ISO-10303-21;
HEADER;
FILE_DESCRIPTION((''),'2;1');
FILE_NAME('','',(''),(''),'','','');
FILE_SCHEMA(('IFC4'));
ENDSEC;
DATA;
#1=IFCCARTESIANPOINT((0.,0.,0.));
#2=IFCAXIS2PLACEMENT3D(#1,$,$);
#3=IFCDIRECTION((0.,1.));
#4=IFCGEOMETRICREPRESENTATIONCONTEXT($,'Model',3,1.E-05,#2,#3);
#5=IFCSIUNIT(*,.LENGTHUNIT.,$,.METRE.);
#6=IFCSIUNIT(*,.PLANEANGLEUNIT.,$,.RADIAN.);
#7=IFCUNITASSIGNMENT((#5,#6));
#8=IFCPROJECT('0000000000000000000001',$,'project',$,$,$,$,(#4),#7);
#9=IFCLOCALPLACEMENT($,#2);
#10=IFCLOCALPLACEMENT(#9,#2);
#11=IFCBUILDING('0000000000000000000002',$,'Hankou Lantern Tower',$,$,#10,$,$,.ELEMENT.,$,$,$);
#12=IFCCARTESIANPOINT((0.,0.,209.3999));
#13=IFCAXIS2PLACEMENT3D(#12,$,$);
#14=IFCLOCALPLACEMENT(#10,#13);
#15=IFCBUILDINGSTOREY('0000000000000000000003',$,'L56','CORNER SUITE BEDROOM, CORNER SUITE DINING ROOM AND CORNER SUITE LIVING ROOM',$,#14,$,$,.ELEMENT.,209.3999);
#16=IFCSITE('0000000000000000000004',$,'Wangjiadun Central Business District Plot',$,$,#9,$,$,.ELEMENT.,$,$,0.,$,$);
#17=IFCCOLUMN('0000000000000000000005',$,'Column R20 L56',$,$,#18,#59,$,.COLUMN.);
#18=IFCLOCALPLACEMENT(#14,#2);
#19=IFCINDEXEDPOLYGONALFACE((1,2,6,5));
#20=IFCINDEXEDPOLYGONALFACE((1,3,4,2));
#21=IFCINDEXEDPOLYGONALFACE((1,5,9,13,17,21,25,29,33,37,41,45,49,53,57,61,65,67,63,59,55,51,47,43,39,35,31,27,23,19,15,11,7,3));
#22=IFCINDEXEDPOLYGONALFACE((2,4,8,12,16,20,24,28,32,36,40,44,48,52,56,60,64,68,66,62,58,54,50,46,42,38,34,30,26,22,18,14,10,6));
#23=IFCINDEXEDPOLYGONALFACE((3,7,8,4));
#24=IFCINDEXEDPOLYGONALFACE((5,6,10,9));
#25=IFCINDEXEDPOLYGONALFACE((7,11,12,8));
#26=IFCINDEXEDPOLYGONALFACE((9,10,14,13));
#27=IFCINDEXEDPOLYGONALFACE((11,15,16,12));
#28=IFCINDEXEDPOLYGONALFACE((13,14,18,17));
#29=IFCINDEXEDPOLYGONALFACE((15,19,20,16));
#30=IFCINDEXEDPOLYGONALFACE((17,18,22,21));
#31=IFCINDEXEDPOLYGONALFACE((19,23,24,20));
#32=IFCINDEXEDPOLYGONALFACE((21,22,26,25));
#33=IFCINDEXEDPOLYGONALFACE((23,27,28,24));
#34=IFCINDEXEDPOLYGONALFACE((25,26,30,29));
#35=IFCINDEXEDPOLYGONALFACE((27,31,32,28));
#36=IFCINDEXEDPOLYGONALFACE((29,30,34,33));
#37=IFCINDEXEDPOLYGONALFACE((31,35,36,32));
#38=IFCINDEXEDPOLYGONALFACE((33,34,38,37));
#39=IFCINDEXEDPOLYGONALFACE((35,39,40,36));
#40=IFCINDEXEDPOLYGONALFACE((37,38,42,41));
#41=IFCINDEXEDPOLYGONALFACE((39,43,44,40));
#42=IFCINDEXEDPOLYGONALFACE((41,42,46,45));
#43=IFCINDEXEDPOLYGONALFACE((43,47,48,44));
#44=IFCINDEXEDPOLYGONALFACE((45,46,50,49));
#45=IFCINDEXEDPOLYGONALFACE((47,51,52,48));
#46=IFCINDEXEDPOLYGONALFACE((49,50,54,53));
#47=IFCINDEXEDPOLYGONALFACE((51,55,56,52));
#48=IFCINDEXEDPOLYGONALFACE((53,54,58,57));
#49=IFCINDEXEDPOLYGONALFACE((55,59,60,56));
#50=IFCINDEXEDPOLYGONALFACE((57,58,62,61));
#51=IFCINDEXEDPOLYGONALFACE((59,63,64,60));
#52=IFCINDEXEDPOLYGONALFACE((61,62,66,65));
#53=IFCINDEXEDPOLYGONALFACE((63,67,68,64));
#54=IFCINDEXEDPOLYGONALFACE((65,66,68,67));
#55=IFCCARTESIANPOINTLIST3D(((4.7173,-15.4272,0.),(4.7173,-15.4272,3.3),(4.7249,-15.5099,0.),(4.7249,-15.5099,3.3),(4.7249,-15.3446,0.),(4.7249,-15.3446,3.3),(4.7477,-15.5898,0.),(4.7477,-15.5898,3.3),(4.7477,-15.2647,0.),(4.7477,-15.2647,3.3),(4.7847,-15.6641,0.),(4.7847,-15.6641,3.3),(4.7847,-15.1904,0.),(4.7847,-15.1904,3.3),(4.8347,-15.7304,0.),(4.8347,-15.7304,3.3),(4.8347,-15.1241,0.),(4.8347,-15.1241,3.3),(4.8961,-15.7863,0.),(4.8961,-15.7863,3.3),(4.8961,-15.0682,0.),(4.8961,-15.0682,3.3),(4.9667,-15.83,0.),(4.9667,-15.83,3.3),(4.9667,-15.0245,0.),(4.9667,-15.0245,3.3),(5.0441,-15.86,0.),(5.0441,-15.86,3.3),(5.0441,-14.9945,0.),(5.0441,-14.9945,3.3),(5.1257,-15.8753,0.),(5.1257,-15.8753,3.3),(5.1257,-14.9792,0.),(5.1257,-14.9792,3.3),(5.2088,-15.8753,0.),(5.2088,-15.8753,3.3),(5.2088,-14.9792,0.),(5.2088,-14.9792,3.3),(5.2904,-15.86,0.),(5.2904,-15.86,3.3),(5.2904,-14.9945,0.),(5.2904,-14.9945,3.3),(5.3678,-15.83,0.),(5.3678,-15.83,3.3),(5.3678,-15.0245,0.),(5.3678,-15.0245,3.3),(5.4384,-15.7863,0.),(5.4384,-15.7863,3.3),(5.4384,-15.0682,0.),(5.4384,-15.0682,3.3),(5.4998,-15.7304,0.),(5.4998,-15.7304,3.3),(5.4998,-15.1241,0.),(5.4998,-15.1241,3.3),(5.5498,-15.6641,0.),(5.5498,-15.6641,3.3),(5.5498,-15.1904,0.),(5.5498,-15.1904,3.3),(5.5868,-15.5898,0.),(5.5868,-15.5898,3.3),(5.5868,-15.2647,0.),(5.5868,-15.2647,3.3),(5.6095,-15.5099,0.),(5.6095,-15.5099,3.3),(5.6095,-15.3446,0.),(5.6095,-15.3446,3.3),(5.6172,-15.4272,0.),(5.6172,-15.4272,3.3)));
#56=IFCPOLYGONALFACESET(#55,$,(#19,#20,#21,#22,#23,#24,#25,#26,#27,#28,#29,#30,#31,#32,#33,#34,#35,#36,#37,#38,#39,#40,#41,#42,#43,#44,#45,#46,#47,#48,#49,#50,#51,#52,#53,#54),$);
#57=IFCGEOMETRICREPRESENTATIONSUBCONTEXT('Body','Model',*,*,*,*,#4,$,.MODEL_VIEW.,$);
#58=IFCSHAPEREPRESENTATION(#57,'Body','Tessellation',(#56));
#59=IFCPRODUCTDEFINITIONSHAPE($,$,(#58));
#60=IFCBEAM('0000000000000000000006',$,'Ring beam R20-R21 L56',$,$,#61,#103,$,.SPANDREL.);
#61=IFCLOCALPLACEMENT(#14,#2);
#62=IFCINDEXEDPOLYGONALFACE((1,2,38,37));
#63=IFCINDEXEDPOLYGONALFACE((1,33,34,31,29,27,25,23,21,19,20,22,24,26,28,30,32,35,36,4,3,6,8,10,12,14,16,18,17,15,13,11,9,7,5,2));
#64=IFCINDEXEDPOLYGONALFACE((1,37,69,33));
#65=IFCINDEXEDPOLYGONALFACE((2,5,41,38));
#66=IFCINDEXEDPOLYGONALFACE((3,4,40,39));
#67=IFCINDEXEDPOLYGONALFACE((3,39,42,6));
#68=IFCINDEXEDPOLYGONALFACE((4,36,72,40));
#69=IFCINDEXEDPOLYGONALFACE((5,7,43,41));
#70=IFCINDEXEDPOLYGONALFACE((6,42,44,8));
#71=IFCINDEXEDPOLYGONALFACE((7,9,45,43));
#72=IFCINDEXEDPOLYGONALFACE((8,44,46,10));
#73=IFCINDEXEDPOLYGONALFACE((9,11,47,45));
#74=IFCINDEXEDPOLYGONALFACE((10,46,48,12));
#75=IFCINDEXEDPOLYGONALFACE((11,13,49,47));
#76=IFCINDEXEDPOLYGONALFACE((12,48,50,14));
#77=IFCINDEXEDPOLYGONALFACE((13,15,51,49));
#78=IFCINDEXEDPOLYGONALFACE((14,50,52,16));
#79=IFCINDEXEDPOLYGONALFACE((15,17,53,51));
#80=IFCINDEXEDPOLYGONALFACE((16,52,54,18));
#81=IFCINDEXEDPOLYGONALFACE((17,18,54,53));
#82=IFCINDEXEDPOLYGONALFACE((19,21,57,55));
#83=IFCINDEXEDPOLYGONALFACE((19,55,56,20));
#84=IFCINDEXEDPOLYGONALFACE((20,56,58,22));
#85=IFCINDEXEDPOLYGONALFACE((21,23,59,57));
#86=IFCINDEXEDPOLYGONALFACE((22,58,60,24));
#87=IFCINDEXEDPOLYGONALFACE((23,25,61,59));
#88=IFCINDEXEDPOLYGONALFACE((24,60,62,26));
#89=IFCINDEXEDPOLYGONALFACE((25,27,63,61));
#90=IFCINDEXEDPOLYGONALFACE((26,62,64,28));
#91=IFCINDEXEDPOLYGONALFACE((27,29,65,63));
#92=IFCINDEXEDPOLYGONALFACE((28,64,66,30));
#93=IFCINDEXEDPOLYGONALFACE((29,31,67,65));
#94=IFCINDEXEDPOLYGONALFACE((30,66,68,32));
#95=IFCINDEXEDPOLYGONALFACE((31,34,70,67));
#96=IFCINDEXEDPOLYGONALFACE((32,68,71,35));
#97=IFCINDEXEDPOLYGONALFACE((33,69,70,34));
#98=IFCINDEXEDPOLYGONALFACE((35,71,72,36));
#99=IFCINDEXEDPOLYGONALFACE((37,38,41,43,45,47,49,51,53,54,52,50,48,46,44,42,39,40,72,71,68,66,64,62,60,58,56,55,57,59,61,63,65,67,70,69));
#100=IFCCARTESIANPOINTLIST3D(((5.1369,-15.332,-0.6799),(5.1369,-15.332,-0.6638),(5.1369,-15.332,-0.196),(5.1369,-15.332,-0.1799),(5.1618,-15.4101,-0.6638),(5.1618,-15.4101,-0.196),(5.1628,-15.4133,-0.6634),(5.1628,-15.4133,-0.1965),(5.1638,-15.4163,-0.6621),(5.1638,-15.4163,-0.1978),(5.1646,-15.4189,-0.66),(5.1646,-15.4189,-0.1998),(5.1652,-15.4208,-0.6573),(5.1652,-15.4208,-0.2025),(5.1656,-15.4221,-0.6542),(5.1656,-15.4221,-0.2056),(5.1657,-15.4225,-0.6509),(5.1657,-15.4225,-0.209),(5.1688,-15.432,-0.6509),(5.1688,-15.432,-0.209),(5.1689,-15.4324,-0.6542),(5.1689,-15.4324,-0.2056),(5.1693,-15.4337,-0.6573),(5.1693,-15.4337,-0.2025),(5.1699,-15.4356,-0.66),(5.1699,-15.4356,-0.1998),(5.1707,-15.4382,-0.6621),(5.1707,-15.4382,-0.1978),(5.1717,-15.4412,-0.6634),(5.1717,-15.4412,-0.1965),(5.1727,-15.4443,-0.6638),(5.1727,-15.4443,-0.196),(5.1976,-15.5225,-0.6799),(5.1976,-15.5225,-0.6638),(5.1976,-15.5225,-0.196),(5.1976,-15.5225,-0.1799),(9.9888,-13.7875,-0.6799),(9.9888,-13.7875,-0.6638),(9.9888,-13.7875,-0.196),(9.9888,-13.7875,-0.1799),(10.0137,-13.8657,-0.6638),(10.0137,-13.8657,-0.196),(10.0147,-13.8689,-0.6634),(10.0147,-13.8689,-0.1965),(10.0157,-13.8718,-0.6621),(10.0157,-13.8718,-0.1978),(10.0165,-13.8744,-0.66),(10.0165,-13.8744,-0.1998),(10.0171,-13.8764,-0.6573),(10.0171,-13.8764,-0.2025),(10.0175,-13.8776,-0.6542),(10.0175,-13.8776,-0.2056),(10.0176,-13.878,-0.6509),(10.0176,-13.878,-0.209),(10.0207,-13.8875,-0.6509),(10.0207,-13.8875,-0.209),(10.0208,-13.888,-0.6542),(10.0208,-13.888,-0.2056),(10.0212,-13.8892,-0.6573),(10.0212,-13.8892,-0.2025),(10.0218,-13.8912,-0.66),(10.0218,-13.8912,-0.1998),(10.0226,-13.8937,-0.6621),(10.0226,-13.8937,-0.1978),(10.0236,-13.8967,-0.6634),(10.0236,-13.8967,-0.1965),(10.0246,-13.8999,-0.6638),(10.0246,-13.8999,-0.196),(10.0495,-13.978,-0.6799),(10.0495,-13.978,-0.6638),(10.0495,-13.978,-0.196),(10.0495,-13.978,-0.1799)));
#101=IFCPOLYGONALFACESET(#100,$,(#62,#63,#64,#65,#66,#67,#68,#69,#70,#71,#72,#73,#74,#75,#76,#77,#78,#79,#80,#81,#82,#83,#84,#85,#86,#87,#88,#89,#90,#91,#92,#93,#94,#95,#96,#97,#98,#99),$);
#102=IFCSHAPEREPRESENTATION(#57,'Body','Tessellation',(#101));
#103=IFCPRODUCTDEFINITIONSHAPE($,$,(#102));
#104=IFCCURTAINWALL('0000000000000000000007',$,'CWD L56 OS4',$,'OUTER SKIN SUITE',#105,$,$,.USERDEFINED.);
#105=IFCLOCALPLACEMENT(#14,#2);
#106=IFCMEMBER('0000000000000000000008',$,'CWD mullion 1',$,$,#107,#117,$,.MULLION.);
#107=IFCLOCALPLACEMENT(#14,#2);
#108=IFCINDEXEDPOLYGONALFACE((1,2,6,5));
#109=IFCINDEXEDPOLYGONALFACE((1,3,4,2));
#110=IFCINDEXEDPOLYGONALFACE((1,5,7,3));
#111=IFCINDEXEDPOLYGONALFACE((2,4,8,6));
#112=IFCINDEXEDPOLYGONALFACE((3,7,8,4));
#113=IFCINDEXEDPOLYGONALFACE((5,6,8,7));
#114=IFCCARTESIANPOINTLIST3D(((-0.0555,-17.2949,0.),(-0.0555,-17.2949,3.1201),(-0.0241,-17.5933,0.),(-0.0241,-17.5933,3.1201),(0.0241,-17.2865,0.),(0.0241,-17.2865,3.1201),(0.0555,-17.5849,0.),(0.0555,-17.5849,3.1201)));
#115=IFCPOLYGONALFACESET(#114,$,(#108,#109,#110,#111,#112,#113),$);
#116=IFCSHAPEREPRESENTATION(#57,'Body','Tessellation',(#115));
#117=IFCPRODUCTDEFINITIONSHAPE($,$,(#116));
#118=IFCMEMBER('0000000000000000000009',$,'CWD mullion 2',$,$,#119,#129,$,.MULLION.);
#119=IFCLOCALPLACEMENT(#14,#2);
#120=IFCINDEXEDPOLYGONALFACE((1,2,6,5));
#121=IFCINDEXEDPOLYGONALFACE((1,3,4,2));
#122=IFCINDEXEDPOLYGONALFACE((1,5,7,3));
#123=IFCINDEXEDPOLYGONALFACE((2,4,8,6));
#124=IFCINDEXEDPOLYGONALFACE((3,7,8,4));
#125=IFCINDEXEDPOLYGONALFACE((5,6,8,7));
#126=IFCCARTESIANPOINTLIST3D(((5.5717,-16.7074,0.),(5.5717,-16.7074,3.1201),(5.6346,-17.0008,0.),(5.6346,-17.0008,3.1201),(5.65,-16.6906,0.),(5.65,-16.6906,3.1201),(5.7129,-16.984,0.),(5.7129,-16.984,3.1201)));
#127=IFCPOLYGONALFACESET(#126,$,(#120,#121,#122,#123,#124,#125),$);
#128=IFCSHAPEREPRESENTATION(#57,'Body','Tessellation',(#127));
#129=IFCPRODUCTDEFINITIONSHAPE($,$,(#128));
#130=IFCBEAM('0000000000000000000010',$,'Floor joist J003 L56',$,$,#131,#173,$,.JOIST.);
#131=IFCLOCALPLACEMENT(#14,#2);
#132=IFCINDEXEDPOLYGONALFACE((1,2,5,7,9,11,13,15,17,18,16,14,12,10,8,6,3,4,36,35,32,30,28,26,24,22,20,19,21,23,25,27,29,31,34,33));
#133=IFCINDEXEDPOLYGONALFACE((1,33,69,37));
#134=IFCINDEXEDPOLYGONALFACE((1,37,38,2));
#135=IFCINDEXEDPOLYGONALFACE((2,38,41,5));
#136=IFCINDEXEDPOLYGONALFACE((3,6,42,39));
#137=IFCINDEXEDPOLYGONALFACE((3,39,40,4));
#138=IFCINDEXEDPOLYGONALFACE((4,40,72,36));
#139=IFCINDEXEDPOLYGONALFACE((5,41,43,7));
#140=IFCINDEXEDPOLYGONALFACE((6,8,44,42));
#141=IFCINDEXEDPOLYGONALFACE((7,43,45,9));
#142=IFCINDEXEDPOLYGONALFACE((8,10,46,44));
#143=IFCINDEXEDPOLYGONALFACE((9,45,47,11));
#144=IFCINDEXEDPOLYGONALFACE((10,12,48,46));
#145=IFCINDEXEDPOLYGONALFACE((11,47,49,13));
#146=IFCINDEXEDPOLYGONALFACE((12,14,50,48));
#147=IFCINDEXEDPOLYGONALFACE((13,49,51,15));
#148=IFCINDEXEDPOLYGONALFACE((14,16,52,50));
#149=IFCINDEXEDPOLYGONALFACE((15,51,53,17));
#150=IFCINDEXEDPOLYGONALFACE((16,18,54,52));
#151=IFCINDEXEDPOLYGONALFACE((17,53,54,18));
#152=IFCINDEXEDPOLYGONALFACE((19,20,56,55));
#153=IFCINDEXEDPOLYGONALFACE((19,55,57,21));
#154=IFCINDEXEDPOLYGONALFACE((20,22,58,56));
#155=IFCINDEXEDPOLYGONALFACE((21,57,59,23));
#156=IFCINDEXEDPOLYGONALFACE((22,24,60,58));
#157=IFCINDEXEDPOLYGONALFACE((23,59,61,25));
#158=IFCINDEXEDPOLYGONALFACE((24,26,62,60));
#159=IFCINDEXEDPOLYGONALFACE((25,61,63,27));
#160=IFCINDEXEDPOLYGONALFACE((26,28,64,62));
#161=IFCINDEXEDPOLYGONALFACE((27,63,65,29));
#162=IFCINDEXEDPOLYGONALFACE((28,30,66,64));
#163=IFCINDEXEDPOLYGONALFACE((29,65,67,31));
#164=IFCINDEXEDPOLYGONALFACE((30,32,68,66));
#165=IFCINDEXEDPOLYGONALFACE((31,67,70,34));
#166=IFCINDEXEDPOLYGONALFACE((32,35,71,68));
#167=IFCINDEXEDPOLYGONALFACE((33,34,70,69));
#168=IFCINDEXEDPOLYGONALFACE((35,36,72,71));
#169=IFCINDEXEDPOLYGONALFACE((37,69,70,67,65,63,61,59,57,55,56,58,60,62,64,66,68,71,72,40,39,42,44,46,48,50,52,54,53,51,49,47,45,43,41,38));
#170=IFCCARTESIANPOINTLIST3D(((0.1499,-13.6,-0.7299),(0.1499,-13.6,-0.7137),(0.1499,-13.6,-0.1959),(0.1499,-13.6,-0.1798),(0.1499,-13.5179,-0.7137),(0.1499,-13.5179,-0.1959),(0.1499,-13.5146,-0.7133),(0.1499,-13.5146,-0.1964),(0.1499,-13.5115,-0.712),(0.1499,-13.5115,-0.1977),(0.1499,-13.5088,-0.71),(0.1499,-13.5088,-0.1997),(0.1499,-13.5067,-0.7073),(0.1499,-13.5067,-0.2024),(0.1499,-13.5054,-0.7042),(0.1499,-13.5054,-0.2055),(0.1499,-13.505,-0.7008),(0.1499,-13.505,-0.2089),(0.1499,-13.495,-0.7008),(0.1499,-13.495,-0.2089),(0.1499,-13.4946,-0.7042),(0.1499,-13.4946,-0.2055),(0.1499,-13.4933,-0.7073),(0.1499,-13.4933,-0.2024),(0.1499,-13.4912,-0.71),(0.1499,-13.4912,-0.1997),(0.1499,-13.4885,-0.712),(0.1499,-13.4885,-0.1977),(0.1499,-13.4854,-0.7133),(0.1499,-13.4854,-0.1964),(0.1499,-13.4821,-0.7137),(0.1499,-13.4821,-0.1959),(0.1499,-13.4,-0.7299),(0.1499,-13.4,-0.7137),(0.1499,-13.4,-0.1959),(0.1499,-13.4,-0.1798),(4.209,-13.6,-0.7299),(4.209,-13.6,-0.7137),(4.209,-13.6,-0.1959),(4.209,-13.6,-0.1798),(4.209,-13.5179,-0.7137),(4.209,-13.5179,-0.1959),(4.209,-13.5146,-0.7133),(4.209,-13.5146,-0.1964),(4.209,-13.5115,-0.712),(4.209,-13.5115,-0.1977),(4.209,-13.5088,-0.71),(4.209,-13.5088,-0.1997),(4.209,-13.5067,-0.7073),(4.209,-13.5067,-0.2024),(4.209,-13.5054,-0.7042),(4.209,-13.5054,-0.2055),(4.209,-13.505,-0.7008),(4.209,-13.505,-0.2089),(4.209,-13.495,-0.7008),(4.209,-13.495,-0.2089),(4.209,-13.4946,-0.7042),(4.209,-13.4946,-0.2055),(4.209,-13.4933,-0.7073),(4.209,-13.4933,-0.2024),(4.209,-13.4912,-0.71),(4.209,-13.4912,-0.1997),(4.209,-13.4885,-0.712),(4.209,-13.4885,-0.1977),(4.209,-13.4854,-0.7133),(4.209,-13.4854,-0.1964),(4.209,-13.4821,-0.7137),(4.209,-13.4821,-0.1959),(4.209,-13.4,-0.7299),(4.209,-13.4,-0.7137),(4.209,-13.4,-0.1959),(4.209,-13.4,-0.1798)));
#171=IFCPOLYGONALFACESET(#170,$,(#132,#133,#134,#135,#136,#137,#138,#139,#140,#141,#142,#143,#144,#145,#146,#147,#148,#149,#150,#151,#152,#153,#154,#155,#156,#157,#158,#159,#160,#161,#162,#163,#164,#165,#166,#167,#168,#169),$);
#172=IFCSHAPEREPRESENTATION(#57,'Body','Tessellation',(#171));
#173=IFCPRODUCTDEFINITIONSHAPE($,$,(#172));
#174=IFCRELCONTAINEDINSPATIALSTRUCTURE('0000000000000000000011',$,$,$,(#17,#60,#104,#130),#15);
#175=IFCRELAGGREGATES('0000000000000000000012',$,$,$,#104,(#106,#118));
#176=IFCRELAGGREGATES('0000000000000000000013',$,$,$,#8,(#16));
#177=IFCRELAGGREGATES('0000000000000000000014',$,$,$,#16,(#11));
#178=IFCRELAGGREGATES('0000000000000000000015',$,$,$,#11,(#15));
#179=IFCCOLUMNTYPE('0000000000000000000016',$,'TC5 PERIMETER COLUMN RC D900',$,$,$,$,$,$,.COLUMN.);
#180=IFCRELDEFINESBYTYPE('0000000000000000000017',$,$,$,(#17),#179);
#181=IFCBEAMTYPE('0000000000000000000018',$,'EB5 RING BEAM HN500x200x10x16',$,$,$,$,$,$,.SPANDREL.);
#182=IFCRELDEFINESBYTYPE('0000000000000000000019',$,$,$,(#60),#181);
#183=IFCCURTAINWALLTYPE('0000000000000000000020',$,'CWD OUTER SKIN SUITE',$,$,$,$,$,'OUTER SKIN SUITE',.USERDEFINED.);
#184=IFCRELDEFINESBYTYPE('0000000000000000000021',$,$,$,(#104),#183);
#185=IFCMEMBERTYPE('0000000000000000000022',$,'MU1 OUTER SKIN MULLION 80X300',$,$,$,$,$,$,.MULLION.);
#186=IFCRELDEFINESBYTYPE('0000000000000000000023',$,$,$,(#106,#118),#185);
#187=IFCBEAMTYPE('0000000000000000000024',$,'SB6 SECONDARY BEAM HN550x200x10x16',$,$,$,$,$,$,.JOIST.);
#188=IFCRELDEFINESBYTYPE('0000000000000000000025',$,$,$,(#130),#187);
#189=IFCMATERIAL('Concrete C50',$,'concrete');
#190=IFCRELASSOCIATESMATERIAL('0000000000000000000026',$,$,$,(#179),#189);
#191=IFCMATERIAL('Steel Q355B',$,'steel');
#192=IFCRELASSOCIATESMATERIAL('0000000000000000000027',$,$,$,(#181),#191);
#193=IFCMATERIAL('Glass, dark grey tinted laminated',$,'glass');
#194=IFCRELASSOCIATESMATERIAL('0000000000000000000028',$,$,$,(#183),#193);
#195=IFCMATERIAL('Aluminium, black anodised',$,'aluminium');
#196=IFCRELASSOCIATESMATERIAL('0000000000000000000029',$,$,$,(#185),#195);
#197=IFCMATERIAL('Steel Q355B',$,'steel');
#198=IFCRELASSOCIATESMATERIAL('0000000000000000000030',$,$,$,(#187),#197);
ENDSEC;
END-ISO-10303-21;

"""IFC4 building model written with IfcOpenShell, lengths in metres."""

from ifc_helpers import new_model, si_unit, direction, frame, origin, origin_2d, place, context, subcontext, project, spatial, rectangle, circle, i_section, extrude, material, material_profile, profile_set, type_object, element, aggregate, save


model = new_model("IFC4")

# Units and contexts
model_context = context("Model", 3, precision=1e-05, world=origin(), true_north=direction((0.0, 1.0)))
body_context = subcontext(model_context, "Body", "Model", "MODEL_VIEW")
ifc_project = project(units=[si_unit("LENGTHUNIT", "METRE"), si_unit("PLANEANGLEUNIT", "RADIAN")], contexts=[model_context])

# Site, building, storey
site_placement = place(None, origin())
site = spatial("IfcSite", under=ifc_project, at=site_placement, Name="Wangjiadun Central Business District Plot", CompositionType="ELEMENT", RefElevation=0.0)
building_placement = place(site_placement, origin())
building = spatial("IfcBuilding", under=site, at=building_placement, Name="Hankou Lantern Tower", CompositionType="ELEMENT")
storey_placement = place(building_placement, frame((0.0, 0.0, 209.3999)))
storey = spatial("IfcBuildingStorey", under=building, at=storey_placement, Name="L56", Description="CORNER SUITE BEDROOM, CORNER SUITE DINING ROOM AND CORNER SUITE LIVING ROOM", CompositionType="ELEMENT", Elevation=209.3999)

# Column
ifc_material_1 = material(Name="Concrete C50", Category="concrete")
ifc_material_profile_1 = material_profile(ifc_material_1, circle(Radius=0.45, at=origin_2d()), Name="RC D900")
ifc_profile_set_1 = profile_set([ifc_material_profile_1], Name="Concrete C50")
column_type = type_object("IfcColumnType", Name="TC5 PERIMETER COLUMN RC D900", PredefinedType="COLUMN", material=ifc_profile_set_1)
column_placement = place(storey_placement, frame((5.1672, -15.4272, 0.0), z_axis=(0.0, 0.0, 1.0), x_axis=(1.0, 0.0, 0.0)))
element("IfcColumn", 1, at=column_placement, inside=storey, type_object=column_type, Name="Column R20 L56", PredefinedType="COLUMN", context=body_context, shape_type="SweptSolid", body=[
    extrude(circle(Radius=0.45, at=origin_2d()), origin(), (0.0, 0.0, 1.0), 3.3),
])

# Beam
ifc_material_2 = material(Name="Steel Q355B", Category="steel")
ifc_material_profile_2 = material_profile(ifc_material_2, i_section(OverallWidth=0.2, OverallDepth=0.5, WebThickness=0.01, FlangeThickness=0.0161, FilletRadius=0.0129, at=origin_2d()), Name="HN500x200x10x16")
ifc_profile_set_2 = profile_set([ifc_material_profile_2], Name="Steel Q355B")
beam_type_1 = type_object("IfcBeamType", Name="EB5 RING BEAM HN500x200x10x16", PredefinedType="SPANDREL", material=ifc_profile_set_2)
beam_1_placement = place(storey_placement, frame((5.1672, -15.4272, -0.4299), z_axis=(0.952887, 0.303324, 0.0), x_axis=(-0.303324, 0.952887, 0.0)))
element("IfcBeam", 2, at=beam_1_placement, inside=storey, type_object=beam_type_1, Name="Ring beam R20-R21 L56", PredefinedType="SPANDREL", context=body_context, shape_type="SweptSolid", body=[
    extrude(i_section(OverallWidth=0.2, OverallDepth=0.5, WebThickness=0.01, FlangeThickness=0.0161, FilletRadius=0.0129, at=origin_2d()), origin(), (0.0, 0.0, 1.0), 5.0918),
])

# Curtain wall, members
ifc_material_3 = material(Name="Glass, dark grey tinted laminated", Category="glass")
curtain_wall_type = type_object("IfcCurtainWallType", Name="CWD OUTER SKIN SUITE", ElementType="OUTER SKIN SUITE", PredefinedType="USERDEFINED", material=ifc_material_3)
curtain_wall_placement = place(storey_placement, origin())
curtain_wall = element("IfcCurtainWall", 3, at=curtain_wall_placement, inside=storey, type_object=curtain_wall_type, Name="CWD L56 OS4", ObjectType="OUTER SKIN SUITE", PredefinedType="USERDEFINED")
ifc_material_4 = material(Name="Aluminium, black anodised", Category="aluminium")
ifc_material_profile_3 = material_profile(ifc_material_4, rectangle(XDim=0.0801, YDim=0.3, at=origin_2d()), Name="MU1 80X300")
ifc_profile_set_3 = profile_set([ifc_material_profile_3], Name="Aluminium, black anodised")
member_type_1 = type_object("IfcMemberType", Name="MU1 OUTER SKIN MULLION 80X300", PredefinedType="MULLION", material=ifc_profile_set_3)
member_1_placement = place(storey_placement, frame((0.0, -17.4399, 0.0), z_axis=(0.0, 0.0, 1.0), x_axis=(0.994499, 0.104743, 0.0)))
member_1 = element("IfcMember", 4, at=member_1_placement, type_object=member_type_1, Name="CWD mullion 1", PredefinedType="MULLION", context=body_context, shape_type="SweptSolid", body=[
    extrude(rectangle(XDim=0.0801, YDim=0.3, at=origin_2d()), origin(), (0.0, 0.0, 1.0), 3.1201),
])
member_2_placement = place(storey_placement, frame((5.6423, -16.8457, 0.0), z_axis=(0.0, 0.0, 1.0), x_axis=(0.977788, 0.209598, 0.0)))
member_2 = element("IfcMember", 5, at=member_2_placement, type_object=member_type_1, Name="CWD mullion 2", PredefinedType="MULLION", context=body_context, shape_type="SweptSolid", body=[
    extrude(rectangle(XDim=0.0801, YDim=0.3, at=origin_2d()), origin(), (0.0, 0.0, 1.0), 3.1201),
])

# Beam
ifc_material_5 = material(Name="Steel Q355B", Category="steel")
ifc_material_profile_4 = material_profile(ifc_material_5, i_section(OverallWidth=0.2, OverallDepth=0.55, WebThickness=0.01, FlangeThickness=0.0161, FilletRadius=0.0129, at=origin_2d()), Name="HN550x200x10x16")
ifc_profile_set_4 = profile_set([ifc_material_profile_4], Name="Steel Q355B")
beam_type_2 = type_object("IfcBeamType", Name="SB6 SECONDARY BEAM HN550x200x10x16", PredefinedType="JOIST", material=ifc_profile_set_4)
beam_2_placement = place(storey_placement, frame((0.1499, -13.5, -0.4548), z_axis=(1.0, 0.0, 0.0), x_axis=(0.0, 1.0, 0.0)))
element("IfcBeam", 6, at=beam_2_placement, inside=storey, type_object=beam_type_2, Name="Floor joist J003 L56", PredefinedType="JOIST", context=body_context, shape_type="SweptSolid", body=[
    extrude(i_section(OverallWidth=0.2, OverallDepth=0.55, WebThickness=0.01, FlangeThickness=0.0161, FilletRadius=0.0129, at=origin_2d()), origin(), (0.0, 0.0, 1.0), 4.0591),
])

aggregate(curtain_wall, [member_1, member_2])

save(model, "model.ifc")
